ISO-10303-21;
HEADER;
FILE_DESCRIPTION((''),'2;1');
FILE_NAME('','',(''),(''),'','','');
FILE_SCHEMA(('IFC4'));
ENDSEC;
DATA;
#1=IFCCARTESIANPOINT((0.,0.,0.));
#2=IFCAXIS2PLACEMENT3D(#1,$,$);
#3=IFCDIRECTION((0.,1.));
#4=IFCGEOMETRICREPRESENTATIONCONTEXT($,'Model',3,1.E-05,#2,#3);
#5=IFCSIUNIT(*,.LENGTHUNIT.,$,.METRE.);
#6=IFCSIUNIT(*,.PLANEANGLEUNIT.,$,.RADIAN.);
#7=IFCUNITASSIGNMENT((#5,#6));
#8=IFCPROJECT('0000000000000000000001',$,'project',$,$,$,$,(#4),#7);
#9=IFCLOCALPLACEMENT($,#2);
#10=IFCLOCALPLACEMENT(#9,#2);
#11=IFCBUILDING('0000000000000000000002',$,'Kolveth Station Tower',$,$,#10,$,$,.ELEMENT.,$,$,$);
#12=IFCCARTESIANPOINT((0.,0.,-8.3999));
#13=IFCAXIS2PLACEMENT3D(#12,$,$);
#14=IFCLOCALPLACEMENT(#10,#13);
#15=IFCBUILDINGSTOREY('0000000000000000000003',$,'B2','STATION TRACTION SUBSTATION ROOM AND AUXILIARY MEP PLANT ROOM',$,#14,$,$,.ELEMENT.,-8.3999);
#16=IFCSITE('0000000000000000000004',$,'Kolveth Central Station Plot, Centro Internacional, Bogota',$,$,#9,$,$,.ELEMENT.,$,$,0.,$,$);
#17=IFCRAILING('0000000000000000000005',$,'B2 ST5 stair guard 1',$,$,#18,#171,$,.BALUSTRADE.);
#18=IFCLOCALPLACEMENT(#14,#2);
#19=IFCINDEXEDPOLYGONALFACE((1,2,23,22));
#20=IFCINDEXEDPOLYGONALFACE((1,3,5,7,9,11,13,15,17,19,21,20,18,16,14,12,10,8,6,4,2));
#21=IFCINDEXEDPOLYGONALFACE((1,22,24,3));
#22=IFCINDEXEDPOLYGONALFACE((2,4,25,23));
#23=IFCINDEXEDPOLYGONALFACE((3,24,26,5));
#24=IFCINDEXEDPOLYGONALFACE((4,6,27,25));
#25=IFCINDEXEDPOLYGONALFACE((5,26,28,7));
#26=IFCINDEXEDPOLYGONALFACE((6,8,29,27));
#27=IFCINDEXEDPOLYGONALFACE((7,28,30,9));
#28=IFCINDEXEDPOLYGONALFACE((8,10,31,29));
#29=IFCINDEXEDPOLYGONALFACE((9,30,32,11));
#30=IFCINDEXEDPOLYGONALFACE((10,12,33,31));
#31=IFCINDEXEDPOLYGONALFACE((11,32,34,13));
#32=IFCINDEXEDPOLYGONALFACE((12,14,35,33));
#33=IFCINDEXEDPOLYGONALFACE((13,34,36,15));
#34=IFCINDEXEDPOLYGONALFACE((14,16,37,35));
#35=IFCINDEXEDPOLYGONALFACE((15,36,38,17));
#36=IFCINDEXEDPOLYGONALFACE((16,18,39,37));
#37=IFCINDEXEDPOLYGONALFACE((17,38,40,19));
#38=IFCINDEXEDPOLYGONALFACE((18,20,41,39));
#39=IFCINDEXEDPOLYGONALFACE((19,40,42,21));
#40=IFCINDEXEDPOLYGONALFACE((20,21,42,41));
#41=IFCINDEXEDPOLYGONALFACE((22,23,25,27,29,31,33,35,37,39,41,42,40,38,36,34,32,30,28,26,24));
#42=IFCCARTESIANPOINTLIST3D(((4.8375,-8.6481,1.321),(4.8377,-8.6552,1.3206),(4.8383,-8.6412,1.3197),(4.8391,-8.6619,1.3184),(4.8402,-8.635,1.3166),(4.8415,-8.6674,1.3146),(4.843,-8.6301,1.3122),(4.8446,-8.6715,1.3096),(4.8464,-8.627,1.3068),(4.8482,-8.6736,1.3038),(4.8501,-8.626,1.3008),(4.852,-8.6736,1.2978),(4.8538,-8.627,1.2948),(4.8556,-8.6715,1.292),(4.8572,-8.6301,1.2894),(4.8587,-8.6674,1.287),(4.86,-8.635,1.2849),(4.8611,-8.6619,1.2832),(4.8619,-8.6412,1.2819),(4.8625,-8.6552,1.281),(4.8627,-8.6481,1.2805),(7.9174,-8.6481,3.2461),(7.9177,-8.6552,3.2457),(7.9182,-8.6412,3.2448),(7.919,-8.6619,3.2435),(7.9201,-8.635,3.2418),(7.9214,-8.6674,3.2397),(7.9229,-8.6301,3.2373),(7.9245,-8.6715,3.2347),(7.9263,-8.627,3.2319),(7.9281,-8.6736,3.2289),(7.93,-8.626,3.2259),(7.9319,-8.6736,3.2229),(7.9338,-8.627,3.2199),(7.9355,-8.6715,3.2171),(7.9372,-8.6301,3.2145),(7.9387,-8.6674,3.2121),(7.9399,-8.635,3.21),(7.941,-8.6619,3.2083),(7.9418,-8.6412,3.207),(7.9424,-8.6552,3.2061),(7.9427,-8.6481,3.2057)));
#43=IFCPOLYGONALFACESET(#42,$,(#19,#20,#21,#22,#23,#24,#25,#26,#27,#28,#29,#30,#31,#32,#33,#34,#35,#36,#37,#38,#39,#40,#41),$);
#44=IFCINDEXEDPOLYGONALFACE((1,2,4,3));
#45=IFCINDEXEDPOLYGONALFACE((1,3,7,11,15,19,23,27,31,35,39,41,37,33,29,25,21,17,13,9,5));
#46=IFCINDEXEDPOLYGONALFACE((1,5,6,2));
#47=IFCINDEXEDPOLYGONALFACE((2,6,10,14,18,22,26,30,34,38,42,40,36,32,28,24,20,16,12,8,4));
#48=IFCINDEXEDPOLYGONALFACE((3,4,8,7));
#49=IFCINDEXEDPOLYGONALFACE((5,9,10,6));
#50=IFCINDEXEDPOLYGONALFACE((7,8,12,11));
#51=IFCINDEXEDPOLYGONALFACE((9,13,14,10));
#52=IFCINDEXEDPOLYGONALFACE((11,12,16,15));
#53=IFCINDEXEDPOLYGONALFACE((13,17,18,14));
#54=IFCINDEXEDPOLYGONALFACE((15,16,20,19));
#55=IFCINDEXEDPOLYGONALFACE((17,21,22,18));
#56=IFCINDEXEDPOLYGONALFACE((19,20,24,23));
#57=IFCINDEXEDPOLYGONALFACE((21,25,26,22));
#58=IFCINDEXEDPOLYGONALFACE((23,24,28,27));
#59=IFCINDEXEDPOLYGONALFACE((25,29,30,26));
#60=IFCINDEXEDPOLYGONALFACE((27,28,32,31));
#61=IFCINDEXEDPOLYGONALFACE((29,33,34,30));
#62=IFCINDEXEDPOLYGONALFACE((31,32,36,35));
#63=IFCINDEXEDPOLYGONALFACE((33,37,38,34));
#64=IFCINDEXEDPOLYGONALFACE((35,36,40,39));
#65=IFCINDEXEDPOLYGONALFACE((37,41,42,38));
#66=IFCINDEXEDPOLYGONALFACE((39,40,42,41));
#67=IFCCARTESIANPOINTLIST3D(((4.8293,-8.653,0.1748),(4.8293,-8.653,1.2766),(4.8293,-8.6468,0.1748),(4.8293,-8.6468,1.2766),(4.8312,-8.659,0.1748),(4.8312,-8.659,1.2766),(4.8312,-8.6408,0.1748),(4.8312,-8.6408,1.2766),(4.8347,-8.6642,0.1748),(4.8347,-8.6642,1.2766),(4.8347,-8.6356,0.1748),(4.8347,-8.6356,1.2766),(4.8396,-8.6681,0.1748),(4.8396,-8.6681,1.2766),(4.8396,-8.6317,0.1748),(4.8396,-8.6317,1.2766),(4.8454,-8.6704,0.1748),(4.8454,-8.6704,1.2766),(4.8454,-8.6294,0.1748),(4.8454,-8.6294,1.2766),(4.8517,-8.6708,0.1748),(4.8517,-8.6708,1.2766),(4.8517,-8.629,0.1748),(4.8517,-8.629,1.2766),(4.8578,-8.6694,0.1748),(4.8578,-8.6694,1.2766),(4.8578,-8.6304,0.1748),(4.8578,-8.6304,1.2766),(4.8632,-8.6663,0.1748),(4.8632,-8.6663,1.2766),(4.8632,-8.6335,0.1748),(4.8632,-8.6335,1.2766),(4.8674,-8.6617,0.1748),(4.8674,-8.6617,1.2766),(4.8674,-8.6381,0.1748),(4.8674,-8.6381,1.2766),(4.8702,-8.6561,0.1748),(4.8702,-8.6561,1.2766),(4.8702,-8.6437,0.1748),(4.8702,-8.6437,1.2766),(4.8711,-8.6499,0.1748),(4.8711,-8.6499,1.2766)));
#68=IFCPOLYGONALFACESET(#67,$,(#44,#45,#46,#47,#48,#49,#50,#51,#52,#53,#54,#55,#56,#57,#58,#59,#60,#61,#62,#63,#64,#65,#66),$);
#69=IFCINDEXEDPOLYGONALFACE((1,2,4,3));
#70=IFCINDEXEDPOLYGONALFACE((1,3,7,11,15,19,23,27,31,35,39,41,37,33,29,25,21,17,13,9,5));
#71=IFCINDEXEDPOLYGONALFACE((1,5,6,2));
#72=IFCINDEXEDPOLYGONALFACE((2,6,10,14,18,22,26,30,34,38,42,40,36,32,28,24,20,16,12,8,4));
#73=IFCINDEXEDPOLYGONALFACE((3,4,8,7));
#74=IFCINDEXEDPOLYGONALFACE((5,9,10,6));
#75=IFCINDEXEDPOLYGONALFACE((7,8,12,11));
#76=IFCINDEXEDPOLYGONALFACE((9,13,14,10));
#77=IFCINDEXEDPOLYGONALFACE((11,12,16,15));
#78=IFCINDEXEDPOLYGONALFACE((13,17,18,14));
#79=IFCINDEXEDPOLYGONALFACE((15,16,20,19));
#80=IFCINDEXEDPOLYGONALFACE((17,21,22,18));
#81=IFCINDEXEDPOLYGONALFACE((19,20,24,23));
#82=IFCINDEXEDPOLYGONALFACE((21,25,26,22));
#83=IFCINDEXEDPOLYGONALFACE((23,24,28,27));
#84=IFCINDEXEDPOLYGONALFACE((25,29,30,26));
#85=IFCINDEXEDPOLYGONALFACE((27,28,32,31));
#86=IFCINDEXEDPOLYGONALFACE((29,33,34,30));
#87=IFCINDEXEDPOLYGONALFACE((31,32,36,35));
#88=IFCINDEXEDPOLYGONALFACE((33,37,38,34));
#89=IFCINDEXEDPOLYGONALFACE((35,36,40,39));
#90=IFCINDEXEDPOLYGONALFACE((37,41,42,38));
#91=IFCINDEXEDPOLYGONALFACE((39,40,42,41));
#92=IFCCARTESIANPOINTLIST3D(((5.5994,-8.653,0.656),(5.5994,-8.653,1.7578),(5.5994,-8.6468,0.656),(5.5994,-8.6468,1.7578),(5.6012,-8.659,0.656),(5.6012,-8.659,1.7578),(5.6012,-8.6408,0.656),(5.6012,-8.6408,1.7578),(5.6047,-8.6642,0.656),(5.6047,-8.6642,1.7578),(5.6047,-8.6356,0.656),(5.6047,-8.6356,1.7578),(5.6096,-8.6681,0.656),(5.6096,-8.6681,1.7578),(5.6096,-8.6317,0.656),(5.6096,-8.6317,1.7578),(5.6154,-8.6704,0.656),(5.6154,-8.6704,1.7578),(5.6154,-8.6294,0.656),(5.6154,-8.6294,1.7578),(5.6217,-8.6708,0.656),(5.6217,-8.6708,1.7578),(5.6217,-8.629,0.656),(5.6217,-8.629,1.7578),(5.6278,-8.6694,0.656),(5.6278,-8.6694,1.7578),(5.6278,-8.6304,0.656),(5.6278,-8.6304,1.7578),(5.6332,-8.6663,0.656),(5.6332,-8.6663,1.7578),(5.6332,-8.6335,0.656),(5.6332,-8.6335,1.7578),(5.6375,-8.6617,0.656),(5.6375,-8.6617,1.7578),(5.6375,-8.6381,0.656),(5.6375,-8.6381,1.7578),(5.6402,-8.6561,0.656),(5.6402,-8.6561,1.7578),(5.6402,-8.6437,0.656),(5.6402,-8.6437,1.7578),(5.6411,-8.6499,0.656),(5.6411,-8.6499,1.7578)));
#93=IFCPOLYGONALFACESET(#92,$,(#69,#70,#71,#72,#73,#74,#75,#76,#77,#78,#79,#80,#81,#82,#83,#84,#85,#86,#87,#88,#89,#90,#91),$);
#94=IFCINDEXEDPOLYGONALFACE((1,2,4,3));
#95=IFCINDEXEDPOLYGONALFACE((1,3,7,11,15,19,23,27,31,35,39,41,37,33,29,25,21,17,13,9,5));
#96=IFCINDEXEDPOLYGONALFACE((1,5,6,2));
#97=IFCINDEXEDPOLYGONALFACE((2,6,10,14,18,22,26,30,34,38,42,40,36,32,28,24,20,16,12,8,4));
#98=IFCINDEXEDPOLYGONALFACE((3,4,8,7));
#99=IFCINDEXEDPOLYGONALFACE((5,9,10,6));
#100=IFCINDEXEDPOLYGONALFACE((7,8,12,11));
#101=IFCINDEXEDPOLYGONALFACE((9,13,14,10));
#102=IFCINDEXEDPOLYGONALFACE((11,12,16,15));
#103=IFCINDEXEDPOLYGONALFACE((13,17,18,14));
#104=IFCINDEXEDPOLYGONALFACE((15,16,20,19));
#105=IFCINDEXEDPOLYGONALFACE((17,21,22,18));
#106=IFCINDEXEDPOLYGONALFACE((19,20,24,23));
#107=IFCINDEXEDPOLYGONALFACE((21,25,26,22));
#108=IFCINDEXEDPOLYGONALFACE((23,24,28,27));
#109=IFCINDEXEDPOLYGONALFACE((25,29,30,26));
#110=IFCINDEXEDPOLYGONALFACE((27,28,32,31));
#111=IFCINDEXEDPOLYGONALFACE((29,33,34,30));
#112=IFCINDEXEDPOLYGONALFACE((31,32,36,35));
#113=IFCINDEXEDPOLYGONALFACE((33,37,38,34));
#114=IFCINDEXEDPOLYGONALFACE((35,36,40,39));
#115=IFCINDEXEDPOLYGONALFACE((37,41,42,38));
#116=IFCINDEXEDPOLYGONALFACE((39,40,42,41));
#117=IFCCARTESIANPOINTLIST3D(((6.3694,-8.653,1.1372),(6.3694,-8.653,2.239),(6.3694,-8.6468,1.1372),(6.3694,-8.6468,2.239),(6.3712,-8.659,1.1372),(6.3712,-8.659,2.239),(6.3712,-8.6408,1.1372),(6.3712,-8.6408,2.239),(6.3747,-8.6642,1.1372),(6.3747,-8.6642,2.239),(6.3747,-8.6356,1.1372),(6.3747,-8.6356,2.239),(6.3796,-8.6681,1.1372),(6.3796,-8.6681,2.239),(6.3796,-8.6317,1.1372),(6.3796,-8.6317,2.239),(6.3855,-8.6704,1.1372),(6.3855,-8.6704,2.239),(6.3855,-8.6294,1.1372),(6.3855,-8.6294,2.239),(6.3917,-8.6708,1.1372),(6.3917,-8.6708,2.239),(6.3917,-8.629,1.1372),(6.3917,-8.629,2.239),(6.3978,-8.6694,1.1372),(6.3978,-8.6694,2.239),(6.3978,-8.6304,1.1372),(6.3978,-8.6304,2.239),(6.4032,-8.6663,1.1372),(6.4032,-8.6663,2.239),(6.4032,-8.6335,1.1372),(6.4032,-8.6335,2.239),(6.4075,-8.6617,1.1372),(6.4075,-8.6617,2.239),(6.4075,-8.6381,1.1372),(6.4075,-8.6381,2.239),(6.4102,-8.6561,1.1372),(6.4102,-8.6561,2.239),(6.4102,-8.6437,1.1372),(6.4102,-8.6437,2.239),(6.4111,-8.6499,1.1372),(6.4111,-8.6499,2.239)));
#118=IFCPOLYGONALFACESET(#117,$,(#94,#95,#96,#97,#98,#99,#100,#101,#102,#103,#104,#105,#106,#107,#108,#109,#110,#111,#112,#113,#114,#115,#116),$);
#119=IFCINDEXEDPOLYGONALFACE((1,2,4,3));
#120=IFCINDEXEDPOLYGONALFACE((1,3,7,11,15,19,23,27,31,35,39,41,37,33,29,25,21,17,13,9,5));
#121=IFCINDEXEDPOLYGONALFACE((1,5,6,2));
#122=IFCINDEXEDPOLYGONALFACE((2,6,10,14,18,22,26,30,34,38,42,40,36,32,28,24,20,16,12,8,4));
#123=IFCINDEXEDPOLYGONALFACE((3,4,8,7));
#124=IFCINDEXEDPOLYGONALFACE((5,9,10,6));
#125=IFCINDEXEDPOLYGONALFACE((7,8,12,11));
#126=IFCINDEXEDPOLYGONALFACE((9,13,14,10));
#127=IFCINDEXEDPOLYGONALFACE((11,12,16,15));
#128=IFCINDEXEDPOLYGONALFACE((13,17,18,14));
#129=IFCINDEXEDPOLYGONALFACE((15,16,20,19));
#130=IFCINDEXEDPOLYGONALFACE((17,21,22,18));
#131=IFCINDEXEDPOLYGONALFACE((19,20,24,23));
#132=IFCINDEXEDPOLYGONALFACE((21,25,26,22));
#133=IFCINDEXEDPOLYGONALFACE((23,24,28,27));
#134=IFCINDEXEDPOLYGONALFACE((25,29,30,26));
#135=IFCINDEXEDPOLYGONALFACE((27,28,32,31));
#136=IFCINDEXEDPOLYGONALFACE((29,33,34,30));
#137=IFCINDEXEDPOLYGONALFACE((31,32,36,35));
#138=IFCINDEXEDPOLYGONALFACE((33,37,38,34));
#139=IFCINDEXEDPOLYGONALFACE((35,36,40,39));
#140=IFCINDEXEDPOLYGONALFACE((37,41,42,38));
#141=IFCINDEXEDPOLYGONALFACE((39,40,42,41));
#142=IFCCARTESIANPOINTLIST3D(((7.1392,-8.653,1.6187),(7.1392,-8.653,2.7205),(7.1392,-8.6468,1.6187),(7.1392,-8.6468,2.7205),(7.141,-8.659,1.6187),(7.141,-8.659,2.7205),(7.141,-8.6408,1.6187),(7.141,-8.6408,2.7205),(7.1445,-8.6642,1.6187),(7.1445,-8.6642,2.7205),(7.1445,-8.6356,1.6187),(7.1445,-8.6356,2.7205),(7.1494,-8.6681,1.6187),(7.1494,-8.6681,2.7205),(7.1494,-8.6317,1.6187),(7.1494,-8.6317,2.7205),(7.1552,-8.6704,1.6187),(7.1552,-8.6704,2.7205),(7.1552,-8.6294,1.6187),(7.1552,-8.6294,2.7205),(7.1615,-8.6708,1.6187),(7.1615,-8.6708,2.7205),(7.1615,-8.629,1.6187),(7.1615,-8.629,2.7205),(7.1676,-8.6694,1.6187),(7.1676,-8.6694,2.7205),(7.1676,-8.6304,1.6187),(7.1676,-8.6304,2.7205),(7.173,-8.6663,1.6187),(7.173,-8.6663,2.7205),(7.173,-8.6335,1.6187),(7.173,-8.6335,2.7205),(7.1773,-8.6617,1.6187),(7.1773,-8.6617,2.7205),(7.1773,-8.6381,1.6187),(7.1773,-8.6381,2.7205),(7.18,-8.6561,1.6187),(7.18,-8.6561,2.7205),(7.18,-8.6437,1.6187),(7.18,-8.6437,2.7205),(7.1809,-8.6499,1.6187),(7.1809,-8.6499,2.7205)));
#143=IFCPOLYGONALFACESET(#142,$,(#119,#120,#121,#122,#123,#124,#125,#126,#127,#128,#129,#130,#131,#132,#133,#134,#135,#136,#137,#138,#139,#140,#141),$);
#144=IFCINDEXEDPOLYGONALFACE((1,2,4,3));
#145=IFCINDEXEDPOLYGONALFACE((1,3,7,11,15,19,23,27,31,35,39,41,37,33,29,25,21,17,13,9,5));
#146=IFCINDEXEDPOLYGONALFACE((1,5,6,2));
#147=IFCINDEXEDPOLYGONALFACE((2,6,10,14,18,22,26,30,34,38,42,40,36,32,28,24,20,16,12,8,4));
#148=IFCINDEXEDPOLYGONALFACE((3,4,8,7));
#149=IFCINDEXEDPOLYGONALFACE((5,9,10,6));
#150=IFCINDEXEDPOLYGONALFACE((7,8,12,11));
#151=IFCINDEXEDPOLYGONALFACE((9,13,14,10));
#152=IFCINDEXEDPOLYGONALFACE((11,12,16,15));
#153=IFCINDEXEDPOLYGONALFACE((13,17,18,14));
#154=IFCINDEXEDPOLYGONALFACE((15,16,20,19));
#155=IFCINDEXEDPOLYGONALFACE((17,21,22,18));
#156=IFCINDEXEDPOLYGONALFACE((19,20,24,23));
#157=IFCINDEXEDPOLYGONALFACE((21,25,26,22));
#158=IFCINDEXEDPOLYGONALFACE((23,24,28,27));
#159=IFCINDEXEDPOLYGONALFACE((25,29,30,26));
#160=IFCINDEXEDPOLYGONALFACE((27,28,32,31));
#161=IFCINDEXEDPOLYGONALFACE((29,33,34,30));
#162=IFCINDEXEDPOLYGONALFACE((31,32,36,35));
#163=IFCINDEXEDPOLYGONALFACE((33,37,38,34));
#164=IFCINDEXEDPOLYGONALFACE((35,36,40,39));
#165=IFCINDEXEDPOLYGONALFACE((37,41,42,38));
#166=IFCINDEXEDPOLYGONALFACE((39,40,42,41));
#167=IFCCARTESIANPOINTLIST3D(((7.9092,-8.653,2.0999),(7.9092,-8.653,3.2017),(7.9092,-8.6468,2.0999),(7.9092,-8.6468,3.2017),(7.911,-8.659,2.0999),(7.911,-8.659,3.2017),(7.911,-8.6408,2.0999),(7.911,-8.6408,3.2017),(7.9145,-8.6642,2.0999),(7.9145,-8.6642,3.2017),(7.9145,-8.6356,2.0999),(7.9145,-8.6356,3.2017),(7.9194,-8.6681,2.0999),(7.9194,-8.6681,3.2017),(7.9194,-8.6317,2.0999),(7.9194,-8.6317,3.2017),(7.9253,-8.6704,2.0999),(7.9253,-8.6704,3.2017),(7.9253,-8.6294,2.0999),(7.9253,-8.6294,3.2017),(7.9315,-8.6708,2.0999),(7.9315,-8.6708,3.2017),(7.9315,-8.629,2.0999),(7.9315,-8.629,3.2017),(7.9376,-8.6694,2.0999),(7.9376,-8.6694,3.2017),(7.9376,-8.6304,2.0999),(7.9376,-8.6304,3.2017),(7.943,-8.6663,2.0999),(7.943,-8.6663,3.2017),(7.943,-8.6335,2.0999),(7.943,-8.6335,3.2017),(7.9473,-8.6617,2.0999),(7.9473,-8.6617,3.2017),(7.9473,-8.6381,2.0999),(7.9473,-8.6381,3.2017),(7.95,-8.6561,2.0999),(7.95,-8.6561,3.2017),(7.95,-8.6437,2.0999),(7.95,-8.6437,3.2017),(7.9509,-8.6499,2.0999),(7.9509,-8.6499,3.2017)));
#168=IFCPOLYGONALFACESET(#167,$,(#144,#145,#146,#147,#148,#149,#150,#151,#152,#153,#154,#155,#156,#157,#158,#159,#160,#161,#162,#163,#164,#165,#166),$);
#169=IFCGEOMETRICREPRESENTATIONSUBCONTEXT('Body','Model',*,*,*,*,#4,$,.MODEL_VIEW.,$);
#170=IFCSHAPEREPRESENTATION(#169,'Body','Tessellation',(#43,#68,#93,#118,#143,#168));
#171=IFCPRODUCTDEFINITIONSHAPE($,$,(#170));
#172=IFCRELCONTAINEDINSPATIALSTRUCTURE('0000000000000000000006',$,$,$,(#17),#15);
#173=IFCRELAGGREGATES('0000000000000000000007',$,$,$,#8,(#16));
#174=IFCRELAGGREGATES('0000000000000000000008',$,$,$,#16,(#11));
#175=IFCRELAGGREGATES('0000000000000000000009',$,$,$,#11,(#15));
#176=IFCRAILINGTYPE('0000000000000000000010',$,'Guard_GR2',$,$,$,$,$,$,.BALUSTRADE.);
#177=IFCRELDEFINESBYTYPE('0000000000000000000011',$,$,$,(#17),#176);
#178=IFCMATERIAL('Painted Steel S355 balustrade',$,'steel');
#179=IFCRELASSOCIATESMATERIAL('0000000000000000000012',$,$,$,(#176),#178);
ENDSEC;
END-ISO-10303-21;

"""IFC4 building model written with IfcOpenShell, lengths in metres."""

from ifc_helpers import new_model, si_unit, direction, frame, origin, origin_2d, place, context, subcontext, project, spatial, circle, extrude, material, type_object, element, save


model = new_model("IFC4")

# Units and contexts
model_context = context("Model", 3, precision=1e-05, world=origin(), true_north=direction((0.0, 1.0)))
body_context = subcontext(model_context, "Body", "Model", "MODEL_VIEW")
ifc_project = project(units=[si_unit("LENGTHUNIT", "METRE"), si_unit("PLANEANGLEUNIT", "RADIAN")], contexts=[model_context])

# Site, building, storey
site_placement = place(None, origin())
site = spatial("IfcSite", under=ifc_project, at=site_placement, Name="Kolveth Central Station Plot, Centro Internacional, Bogota", CompositionType="ELEMENT", RefElevation=0.0)
building_placement = place(site_placement, origin())
building = spatial("IfcBuilding", under=site, at=building_placement, Name="Kolveth Station Tower", CompositionType="ELEMENT")
storey_placement = place(building_placement, frame((0.0, 0.0, -8.3999)))
storey = spatial("IfcBuildingStorey", under=building, at=storey_placement, Name="B2", Description="STATION TRACTION SUBSTATION ROOM AND AUXILIARY MEP PLANT ROOM", CompositionType="ELEMENT", Elevation=-8.3999)

# Railing
ifc_material_1 = material(Name="Painted Steel S355 balustrade", Category="steel")
railing_type_1 = type_object("IfcRailingType", Name="Guard_GR2", PredefinedType="BALUSTRADE", material=ifc_material_1)
railing_1_placement = place(storey_placement, frame((4.8501, -8.6499, 0.1748)))
element("IfcRailing", 1, at=railing_1_placement, inside=storey, type_object=railing_type_1, Name="B2 ST5 stair guard 1", PredefinedType="BALUSTRADE", context=body_context, shape_type="SweptSolid", body=[
    extrude(circle(Radius=0.0239, at=origin_2d()), frame((0.0, 0.0, 1.126), z_axis=(0.847979, 0.0, 0.530029), x_axis=(0.0, 1.0, 0.0)), (0.0, 0.0, 1.0), 3.6321),
    extrude(circle(Radius=0.021, at=origin_2d()), origin(), (0.0, 0.0, 1.0), 1.1018),
    extrude(circle(Radius=0.021, at=origin_2d()), frame((0.77, 0.0, 0.4812)), (0.0, 0.0, 1.0), 1.1018),
    extrude(circle(Radius=0.021, at=origin_2d()), frame((1.54, 0.0, 0.9624)), (0.0, 0.0, 1.0), 1.1018),
    extrude(circle(Radius=0.021, at=origin_2d()), frame((2.3098, 0.0, 1.4438)), (0.0, 0.0, 1.0), 1.1018),
    extrude(circle(Radius=0.021, at=origin_2d()), frame((3.0798, 0.0, 1.925)), (0.0, 0.0, 1.0), 1.1018),
])

save(model, "model.ifc")
